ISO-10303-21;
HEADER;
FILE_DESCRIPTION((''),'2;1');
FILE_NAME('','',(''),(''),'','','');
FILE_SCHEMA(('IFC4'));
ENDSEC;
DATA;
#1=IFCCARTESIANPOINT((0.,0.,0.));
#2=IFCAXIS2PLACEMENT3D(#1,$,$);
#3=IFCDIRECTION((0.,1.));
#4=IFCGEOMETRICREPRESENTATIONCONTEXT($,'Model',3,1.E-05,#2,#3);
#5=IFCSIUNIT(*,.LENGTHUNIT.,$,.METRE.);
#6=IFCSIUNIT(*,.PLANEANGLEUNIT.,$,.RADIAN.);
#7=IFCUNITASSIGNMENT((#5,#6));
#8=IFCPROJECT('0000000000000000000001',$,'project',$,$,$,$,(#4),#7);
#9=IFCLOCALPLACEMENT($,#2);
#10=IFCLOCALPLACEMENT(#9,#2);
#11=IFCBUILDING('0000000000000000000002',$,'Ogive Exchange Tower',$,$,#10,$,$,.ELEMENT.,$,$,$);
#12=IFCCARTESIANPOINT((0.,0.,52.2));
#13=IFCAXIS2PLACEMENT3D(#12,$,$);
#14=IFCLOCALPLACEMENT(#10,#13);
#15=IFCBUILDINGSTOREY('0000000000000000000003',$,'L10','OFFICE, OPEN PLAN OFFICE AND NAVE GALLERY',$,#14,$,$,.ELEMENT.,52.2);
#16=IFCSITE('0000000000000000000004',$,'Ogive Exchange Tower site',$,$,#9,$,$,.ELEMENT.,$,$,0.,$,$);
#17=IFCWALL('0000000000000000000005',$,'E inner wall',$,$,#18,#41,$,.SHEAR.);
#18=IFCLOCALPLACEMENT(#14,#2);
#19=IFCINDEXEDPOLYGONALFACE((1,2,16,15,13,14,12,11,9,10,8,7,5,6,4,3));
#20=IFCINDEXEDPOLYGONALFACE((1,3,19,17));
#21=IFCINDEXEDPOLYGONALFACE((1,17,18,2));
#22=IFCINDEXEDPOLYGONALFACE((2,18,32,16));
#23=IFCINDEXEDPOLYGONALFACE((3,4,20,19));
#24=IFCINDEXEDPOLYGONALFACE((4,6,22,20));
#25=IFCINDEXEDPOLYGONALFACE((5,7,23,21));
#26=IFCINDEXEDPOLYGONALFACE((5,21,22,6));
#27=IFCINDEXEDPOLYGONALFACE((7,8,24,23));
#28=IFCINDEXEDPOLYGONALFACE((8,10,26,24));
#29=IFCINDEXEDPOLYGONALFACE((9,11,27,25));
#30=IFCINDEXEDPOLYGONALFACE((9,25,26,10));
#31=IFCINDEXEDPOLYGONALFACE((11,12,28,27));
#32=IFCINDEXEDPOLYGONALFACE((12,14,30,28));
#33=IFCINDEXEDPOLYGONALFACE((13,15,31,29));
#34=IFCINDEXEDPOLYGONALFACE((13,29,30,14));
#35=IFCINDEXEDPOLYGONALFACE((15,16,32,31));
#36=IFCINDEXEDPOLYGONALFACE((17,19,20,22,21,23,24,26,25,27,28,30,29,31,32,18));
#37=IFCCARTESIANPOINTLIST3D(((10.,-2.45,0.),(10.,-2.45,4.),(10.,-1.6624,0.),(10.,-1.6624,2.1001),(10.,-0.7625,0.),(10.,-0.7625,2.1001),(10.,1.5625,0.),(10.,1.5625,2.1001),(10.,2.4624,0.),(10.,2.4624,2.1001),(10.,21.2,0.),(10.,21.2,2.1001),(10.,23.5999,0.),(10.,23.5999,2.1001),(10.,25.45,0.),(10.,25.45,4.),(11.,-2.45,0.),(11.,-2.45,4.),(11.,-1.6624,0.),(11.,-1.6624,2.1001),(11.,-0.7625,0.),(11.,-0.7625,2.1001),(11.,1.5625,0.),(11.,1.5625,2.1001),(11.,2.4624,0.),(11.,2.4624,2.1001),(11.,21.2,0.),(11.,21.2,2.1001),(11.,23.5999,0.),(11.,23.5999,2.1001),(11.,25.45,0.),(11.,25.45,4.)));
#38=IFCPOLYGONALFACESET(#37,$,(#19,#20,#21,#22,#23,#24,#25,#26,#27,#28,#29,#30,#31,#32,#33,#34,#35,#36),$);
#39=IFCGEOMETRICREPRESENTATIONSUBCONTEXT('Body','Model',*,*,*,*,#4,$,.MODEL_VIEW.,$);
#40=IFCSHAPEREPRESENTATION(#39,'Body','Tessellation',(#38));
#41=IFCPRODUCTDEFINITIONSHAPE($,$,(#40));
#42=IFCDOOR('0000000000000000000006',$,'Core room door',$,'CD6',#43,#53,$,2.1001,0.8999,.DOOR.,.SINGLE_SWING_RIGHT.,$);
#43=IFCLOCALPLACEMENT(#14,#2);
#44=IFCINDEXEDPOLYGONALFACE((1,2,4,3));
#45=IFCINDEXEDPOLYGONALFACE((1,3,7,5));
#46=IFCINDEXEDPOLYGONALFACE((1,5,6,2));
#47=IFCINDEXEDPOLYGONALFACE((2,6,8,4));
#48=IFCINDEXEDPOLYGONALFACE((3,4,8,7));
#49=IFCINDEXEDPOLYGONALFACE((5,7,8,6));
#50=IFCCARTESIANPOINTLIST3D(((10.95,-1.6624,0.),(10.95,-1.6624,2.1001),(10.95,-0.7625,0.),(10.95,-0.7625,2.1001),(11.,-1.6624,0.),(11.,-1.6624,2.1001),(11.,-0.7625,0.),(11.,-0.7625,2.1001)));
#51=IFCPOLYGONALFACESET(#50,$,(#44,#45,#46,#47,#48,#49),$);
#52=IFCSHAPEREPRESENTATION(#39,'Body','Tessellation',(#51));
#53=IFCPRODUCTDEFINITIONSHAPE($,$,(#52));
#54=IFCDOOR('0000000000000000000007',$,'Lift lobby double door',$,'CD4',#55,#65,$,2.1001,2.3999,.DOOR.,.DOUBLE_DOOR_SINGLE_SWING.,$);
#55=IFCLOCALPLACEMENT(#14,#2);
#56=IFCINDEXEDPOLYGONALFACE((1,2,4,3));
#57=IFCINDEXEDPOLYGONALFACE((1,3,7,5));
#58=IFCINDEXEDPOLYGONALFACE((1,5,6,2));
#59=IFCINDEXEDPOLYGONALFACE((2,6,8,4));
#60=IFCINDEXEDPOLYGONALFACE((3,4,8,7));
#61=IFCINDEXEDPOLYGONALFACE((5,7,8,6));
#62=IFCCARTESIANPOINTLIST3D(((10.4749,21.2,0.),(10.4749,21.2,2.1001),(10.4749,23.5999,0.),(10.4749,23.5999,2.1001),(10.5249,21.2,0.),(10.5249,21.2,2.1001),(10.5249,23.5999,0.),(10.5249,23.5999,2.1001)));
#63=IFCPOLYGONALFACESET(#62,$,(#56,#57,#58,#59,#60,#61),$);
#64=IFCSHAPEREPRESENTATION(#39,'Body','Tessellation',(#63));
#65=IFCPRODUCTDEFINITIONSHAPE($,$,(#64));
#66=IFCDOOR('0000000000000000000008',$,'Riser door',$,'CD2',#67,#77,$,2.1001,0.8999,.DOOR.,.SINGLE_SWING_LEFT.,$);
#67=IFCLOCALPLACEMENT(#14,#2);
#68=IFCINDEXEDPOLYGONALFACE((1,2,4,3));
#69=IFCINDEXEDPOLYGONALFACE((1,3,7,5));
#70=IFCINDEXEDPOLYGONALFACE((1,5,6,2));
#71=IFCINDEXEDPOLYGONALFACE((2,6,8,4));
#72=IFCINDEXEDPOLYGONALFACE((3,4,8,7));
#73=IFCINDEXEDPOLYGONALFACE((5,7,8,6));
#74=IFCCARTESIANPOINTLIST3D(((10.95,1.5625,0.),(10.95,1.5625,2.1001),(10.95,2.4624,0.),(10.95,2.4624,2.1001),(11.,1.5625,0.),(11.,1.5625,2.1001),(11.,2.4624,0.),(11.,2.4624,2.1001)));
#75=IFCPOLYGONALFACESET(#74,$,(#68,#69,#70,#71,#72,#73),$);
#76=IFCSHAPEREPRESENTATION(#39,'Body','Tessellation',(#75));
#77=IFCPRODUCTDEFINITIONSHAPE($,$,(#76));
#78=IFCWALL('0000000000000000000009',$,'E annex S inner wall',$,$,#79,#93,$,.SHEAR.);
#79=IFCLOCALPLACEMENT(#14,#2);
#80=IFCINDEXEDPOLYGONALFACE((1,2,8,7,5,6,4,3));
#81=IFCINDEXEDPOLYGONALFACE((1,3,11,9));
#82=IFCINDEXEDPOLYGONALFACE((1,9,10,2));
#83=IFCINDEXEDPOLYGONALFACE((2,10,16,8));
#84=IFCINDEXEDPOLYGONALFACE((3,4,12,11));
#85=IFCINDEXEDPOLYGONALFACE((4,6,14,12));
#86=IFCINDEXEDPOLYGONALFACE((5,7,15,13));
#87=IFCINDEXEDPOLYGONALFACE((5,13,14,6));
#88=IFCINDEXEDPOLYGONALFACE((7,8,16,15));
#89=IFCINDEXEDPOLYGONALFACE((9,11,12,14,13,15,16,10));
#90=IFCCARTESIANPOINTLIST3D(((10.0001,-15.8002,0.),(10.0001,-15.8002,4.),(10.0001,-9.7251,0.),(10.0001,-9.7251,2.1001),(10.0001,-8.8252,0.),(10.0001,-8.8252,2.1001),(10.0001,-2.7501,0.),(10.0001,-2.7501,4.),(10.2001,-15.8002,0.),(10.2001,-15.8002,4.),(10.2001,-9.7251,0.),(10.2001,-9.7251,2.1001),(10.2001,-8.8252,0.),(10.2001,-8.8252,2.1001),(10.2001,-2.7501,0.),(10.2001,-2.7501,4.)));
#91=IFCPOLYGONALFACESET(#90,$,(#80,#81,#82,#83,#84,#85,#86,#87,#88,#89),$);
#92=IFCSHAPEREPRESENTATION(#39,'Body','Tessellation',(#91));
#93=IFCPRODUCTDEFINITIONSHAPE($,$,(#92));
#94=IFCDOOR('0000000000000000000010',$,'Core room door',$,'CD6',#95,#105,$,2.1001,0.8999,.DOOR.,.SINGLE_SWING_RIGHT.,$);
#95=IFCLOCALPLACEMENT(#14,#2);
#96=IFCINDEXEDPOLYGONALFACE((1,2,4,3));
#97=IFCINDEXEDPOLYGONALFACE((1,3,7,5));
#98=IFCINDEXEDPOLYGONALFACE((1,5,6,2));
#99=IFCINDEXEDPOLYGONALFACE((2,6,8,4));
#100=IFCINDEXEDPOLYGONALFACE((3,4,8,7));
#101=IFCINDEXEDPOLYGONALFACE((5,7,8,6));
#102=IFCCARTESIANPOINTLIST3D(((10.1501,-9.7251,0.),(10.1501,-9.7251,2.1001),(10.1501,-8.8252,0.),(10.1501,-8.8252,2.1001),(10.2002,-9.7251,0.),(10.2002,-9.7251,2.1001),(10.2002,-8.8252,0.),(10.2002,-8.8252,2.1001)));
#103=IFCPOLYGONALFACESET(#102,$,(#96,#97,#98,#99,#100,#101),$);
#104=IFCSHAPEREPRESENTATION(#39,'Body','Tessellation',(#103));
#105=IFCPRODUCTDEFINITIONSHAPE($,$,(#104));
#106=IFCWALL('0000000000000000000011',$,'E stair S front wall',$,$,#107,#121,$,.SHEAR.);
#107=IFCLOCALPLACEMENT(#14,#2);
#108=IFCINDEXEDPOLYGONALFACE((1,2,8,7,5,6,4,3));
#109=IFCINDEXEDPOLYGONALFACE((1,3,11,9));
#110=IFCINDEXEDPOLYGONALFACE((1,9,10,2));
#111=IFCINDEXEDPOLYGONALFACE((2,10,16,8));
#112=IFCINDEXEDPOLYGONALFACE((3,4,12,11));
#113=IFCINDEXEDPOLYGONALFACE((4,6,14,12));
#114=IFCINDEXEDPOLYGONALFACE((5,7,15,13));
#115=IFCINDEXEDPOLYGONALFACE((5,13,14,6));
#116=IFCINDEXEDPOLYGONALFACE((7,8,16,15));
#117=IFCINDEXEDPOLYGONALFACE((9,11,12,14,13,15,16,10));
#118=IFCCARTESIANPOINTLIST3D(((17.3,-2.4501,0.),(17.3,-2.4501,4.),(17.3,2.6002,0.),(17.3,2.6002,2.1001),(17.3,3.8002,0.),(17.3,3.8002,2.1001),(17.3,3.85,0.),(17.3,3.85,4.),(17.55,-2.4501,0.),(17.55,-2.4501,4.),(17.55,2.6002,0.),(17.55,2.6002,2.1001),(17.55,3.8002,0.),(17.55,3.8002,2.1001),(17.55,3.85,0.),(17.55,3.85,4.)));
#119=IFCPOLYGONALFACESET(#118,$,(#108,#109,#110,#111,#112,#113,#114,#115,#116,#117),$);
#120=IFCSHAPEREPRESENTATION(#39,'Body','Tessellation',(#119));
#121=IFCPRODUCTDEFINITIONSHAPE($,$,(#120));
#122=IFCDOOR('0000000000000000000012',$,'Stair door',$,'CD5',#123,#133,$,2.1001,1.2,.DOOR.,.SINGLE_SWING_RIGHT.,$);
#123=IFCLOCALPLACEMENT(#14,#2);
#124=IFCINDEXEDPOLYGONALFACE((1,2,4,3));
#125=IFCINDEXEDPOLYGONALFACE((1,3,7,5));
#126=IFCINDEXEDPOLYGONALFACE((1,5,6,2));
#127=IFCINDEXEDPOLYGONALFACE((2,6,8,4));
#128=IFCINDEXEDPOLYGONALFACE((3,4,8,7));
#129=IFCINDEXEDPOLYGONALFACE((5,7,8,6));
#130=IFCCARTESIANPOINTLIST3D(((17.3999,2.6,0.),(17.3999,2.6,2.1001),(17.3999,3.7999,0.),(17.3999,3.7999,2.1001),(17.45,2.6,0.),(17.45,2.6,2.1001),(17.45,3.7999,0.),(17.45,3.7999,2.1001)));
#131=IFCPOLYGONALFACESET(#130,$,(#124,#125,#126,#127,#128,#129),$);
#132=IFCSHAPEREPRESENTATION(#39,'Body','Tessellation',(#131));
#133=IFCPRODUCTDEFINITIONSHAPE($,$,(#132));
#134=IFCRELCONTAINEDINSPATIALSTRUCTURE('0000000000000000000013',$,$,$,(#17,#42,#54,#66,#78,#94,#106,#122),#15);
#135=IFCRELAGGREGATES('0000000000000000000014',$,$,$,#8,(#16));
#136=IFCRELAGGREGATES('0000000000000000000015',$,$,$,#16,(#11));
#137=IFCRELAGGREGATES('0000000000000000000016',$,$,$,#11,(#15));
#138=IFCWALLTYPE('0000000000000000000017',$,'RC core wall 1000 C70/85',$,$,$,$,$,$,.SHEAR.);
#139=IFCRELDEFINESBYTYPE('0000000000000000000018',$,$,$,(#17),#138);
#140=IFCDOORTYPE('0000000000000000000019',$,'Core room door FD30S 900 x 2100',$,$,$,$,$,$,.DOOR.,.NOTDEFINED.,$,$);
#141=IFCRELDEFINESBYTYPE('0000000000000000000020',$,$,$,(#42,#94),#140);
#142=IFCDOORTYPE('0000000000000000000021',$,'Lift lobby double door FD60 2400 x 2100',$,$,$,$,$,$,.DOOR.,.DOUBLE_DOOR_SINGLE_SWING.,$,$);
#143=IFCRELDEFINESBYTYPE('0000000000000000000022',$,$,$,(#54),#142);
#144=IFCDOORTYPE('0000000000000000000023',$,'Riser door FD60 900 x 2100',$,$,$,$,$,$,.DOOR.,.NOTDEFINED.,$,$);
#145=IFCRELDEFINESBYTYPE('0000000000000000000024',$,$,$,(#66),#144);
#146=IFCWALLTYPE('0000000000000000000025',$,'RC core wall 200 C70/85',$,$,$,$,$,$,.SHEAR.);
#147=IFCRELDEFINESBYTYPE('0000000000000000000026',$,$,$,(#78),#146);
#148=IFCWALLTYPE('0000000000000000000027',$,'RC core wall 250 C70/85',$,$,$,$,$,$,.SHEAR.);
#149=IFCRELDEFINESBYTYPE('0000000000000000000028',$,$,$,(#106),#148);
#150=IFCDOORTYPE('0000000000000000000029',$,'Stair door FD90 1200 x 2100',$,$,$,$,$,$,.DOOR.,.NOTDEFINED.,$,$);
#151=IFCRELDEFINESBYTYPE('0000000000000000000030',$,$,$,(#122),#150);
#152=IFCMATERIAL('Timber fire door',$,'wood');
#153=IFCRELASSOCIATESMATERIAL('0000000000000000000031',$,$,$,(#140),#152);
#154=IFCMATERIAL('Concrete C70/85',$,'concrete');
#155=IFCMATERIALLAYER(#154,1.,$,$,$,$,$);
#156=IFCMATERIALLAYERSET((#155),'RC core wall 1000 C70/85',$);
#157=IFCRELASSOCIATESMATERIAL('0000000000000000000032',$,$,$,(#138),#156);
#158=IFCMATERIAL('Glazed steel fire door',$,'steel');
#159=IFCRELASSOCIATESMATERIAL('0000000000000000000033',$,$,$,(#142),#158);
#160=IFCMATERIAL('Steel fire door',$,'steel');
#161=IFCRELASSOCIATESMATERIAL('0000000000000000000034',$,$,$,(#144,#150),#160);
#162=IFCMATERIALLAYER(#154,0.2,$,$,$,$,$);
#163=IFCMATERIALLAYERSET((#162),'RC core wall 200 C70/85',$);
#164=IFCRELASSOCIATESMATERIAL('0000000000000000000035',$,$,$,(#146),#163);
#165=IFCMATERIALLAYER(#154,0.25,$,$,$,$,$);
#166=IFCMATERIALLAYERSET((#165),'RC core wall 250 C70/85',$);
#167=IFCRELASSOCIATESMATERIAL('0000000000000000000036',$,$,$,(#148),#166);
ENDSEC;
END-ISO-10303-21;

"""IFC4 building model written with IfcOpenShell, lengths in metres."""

from ifc_helpers import new_model, si_unit, direction, frame, frame_2d, origin, place, context, subcontext, project, spatial, rectangle, extrude, material, layer, layer_set, type_object, element, fill, save


model = new_model("IFC4")

# Units and contexts
model_context = context("Model", 3, precision=1e-05, world=origin(), true_north=direction((0.0, 1.0)))
body_context = subcontext(model_context, "Body", "Model", "MODEL_VIEW")
ifc_project = project(units=[si_unit("LENGTHUNIT", "METRE"), si_unit("PLANEANGLEUNIT", "RADIAN")], contexts=[model_context])

# Site, building, storey
site_placement = place(None, origin())
site = spatial("IfcSite", under=ifc_project, at=site_placement, Name="Ogive Exchange Tower site", CompositionType="ELEMENT", RefElevation=0.0)
building_placement = place(site_placement, origin())
building = spatial("IfcBuilding", under=site, at=building_placement, Name="Ogive Exchange Tower", CompositionType="ELEMENT")
storey_placement = place(building_placement, frame((0.0, 0.0, 52.2)))
storey = spatial("IfcBuildingStorey", under=building, at=storey_placement, Name="L10", Description="OFFICE, OPEN PLAN OFFICE AND NAVE GALLERY", CompositionType="ELEMENT", Elevation=52.2)

# Shared definitions
ifc_material_1 = material(Name="Concrete C70/85", Category="concrete")

# Shared definitions
ifc_material_2 = material(Name="Timber fire door", Category="wood")
door_type_1 = type_object("IfcDoorType", Name="Core room door FD30S 900 x 2100", OperationType="NOTDEFINED", PredefinedType="DOOR", material=ifc_material_2)

# Wall, openings, doors
ifc_layer_1 = layer(ifc_material_1, 1.0)
ifc_layer_set_1 = layer_set([ifc_layer_1], Name="RC core wall 1000 C70/85")
wall_type_1 = type_object("IfcWallType", Name="RC core wall 1000 C70/85", PredefinedType="SHEAR", material=ifc_layer_set_1)
wall_1_placement = place(storey_placement, frame((10.5, -2.45, 0.0), z_axis=(0.0, 0.0, 1.0), x_axis=(0.0, 1.0, 0.0)))
wall_1 = element("IfcWall", 1, at=wall_1_placement, inside=storey, type_object=wall_type_1, Name="E inner wall", PredefinedType="SHEAR", context=body_context, shape_type="SweptSolid", body=[
    extrude(rectangle(XDim=27.8999, YDim=1.0, at=frame_2d((13.95, 0.0))), origin(), (0.0, 0.0, 1.0), 4.0),
])
opening_1_placement = place(wall_1_placement, frame((23.6499, 0.0, 0.0)))
opening_1 = element("IfcOpeningElement", 2, at=opening_1_placement, cuts=wall_1, PredefinedType="OPENING", context=body_context, shape_type="SweptSolid", body=[
    extrude(rectangle(XDim=2.3999, YDim=2.1001, at=frame_2d((1.2, 1.05))), frame((0.0, 0.51, 0.0), z_axis=(0.0, -1.0, 0.0), x_axis=(1.0, 0.0, 0.0)), (0.0, 0.0, 1.0), 1.02),
])
opening_2_placement = place(wall_1_placement, frame((0.7876, 0.0, 0.0)))
opening_2 = element("IfcOpeningElement", 3, at=opening_2_placement, cuts=wall_1, PredefinedType="OPENING", context=body_context, shape_type="SweptSolid", body=[
    extrude(rectangle(XDim=0.8999, YDim=2.1001, at=frame_2d((0.45, 1.05))), frame((0.0, 0.51, 0.0), z_axis=(0.0, -1.0, 0.0), x_axis=(1.0, 0.0, 0.0)), (0.0, 0.0, 1.0), 1.02),
])
opening_3_placement = place(wall_1_placement, frame((4.0125, 0.0, 0.0)))
opening_3 = element("IfcOpeningElement", 4, at=opening_3_placement, cuts=wall_1, PredefinedType="OPENING", context=body_context, shape_type="SweptSolid", body=[
    extrude(rectangle(XDim=0.8999, YDim=2.1001, at=frame_2d((0.45, 1.05))), frame((0.0, 0.51, 0.0), z_axis=(0.0, -1.0, 0.0), x_axis=(1.0, 0.0, 0.0)), (0.0, 0.0, 1.0), 1.02),
])
door_1_placement = place(opening_2_placement, frame((0.8999, -0.9502, 0.0), z_axis=(0.0, 0.0, 1.0), x_axis=(-1.0, 0.0, 0.0)))
door_1 = element("IfcDoor", 5, at=door_1_placement, inside=storey, type_object=door_type_1, Name="Core room door", ObjectType="CD6", OperationType="SINGLE_SWING_RIGHT", OverallHeight=2.1001, OverallWidth=0.8999, PredefinedType="DOOR", context=body_context, shape_type="SweptSolid", body=[
    extrude(rectangle(XDim=0.8999, YDim=2.1001, at=frame_2d((0.45, 1.05))), frame((0.0, -0.4502, 0.0), z_axis=(0.0, -1.0, 0.0), x_axis=(1.0, 0.0, 0.0)), (0.0, 0.0, 1.0), 0.05),
])
fill(opening_2, door_1)
ifc_material_3 = material(Name="Glazed steel fire door", Category="steel")
door_type_2 = type_object("IfcDoorType", Name="Lift lobby double door FD60 2400 x 2100", OperationType="DOUBLE_DOOR_SINGLE_SWING", PredefinedType="DOOR", material=ifc_material_3)
door_2_placement = place(opening_1_placement, frame((2.3999, 0.0, 0.0), z_axis=(0.0, 0.0, 1.0), x_axis=(-1.0, 0.0, 0.0)))
door_2 = element("IfcDoor", 6, at=door_2_placement, inside=storey, type_object=door_type_2, Name="Lift lobby double door", ObjectType="CD4", OperationType="DOUBLE_DOOR_SINGLE_SWING", OverallHeight=2.1001, OverallWidth=2.3999, PredefinedType="DOOR", context=body_context, shape_type="SweptSolid", body=[
    extrude(rectangle(XDim=2.3999, YDim=2.1001, at=frame_2d((1.2, 1.05))), frame((0.0, 0.0249, 0.0), z_axis=(0.0, -1.0, 0.0), x_axis=(1.0, 0.0, 0.0)), (0.0, 0.0, 1.0), 0.05),
])
fill(opening_1, door_2)
ifc_material_4 = material(Name="Steel fire door", Category="steel")
door_type_3 = type_object("IfcDoorType", Name="Riser door FD60 900 x 2100", OperationType="NOTDEFINED", PredefinedType="DOOR", material=ifc_material_4)
door_3_placement = place(opening_3_placement, frame((0.8999, -0.9502, 0.0), z_axis=(0.0, 0.0, 1.0), x_axis=(-1.0, 0.0, 0.0)))
door_3 = element("IfcDoor", 7, at=door_3_placement, inside=storey, type_object=door_type_3, Name="Riser door", ObjectType="CD2", OperationType="SINGLE_SWING_LEFT", OverallHeight=2.1001, OverallWidth=0.8999, PredefinedType="DOOR", context=body_context, shape_type="SweptSolid", body=[
    extrude(rectangle(XDim=0.8999, YDim=2.1001, at=frame_2d((0.45, 1.05))), frame((0.0, -0.4502, 0.0), z_axis=(0.0, -1.0, 0.0), x_axis=(1.0, 0.0, 0.0)), (0.0, 0.0, 1.0), 0.05),
])
fill(opening_3, door_3)

# Walls, openings, doors
ifc_layer_2 = layer(ifc_material_1, 0.2)
ifc_layer_set_2 = layer_set([ifc_layer_2], Name="RC core wall 200 C70/85")
wall_type_2 = type_object("IfcWallType", Name="RC core wall 200 C70/85", PredefinedType="SHEAR", material=ifc_layer_set_2)
wall_2_placement = place(storey_placement, frame((10.1001, -15.8, 0.0), z_axis=(0.0, 0.0, 1.0), x_axis=(0.0, 1.0, 0.0)))
wall_2 = element("IfcWall", 8, at=wall_2_placement, inside=storey, type_object=wall_type_2, Name="E annex S inner wall", PredefinedType="SHEAR", context=body_context, shape_type="SweptSolid", body=[
    extrude(rectangle(XDim=13.05, YDim=0.2, at=frame_2d((6.5249, 0.0))), origin(), (0.0, 0.0, 1.0), 4.0),
])
opening_4_placement = place(wall_2_placement, frame((6.075, 0.0, 0.0)))
opening_4 = element("IfcOpeningElement", 9, at=opening_4_placement, cuts=wall_2, PredefinedType="OPENING", context=body_context, shape_type="SweptSolid", body=[
    extrude(rectangle(XDim=0.8999, YDim=2.1001, at=frame_2d((0.45, 1.05))), frame((0.0, 0.1099, 0.0), z_axis=(0.0, -1.0, 0.0), x_axis=(1.0, 0.0, 0.0)), (0.0, 0.0, 1.0), 0.22),
])
door_4_placement = place(opening_4_placement, frame((0.8999, -0.1499, 0.0), z_axis=(0.0, 0.0, 1.0), x_axis=(-1.0, 0.0, 0.0)))
door_4 = element("IfcDoor", 10, at=door_4_placement, inside=storey, type_object=door_type_1, Name="Core room door", ObjectType="CD6", OperationType="SINGLE_SWING_RIGHT", OverallHeight=2.1001, OverallWidth=0.8999, PredefinedType="DOOR", context=body_context, shape_type="SweptSolid", body=[
    extrude(rectangle(XDim=0.8999, YDim=2.1001, at=frame_2d((0.45, 1.05))), frame((0.0, -0.0498, 0.0), z_axis=(0.0, -1.0, 0.0), x_axis=(1.0, 0.0, 0.0)), (0.0, 0.0, 1.0), 0.05),
])
fill(opening_4, door_4)
ifc_layer_3 = layer(ifc_material_1, 0.25)
ifc_layer_set_3 = layer_set([ifc_layer_3], Name="RC core wall 250 C70/85")
wall_type_3 = type_object("IfcWallType", Name="RC core wall 250 C70/85", PredefinedType="SHEAR", material=ifc_layer_set_3)
wall_3_placement = place(storey_placement, frame((17.425, -2.45, 0.0), z_axis=(0.0, 0.0, 1.0), x_axis=(0.0, 1.0, 0.0)))
wall_3 = element("IfcWall", 11, at=wall_3_placement, inside=storey, type_object=wall_type_3, Name="E stair S front wall", PredefinedType="SHEAR", context=body_context, shape_type="SweptSolid", body=[
    extrude(rectangle(XDim=6.3, YDim=0.25, at=frame_2d((3.1499, 0.0))), origin(), (0.0, 0.0, 1.0), 4.0),
])
opening_5_placement = place(wall_3_placement, frame((5.05, 0.0, 0.0)))
opening_5 = element("IfcOpeningElement", 12, at=opening_5_placement, cuts=wall_3, PredefinedType="OPENING", context=body_context, shape_type="SweptSolid", body=[
    extrude(rectangle(XDim=1.2, YDim=2.1001, at=frame_2d((0.6001, 1.05))), frame((0.0, 0.135, 0.0), z_axis=(0.0, -1.0, 0.0), x_axis=(1.0, 0.0, 0.0)), (0.0, 0.0, 1.0), 0.27),
])
door_type_4 = type_object("IfcDoorType", Name="Stair door FD90 1200 x 2100", OperationType="NOTDEFINED", PredefinedType="DOOR", material=ifc_material_4)
door_5_placement = place(opening_5_placement, frame((1.2, 0.0, 0.0), z_axis=(0.0, 0.0, 1.0), x_axis=(-1.0, 0.0, 0.0)))
door_5 = element("IfcDoor", 13, at=door_5_placement, inside=storey, type_object=door_type_4, Name="Stair door", ObjectType="CD5", OperationType="SINGLE_SWING_RIGHT", OverallHeight=2.1001, OverallWidth=1.2, PredefinedType="DOOR", context=body_context, shape_type="SweptSolid", body=[
    extrude(rectangle(XDim=1.2, YDim=2.1001, at=frame_2d((0.6001, 1.05))), frame((0.0, 0.0249, 0.0), z_axis=(0.0, -1.0, 0.0), x_axis=(1.0, 0.0, 0.0)), (0.0, 0.0, 1.0), 0.05),
])
fill(opening_5, door_5)

save(model, "model.ifc")
